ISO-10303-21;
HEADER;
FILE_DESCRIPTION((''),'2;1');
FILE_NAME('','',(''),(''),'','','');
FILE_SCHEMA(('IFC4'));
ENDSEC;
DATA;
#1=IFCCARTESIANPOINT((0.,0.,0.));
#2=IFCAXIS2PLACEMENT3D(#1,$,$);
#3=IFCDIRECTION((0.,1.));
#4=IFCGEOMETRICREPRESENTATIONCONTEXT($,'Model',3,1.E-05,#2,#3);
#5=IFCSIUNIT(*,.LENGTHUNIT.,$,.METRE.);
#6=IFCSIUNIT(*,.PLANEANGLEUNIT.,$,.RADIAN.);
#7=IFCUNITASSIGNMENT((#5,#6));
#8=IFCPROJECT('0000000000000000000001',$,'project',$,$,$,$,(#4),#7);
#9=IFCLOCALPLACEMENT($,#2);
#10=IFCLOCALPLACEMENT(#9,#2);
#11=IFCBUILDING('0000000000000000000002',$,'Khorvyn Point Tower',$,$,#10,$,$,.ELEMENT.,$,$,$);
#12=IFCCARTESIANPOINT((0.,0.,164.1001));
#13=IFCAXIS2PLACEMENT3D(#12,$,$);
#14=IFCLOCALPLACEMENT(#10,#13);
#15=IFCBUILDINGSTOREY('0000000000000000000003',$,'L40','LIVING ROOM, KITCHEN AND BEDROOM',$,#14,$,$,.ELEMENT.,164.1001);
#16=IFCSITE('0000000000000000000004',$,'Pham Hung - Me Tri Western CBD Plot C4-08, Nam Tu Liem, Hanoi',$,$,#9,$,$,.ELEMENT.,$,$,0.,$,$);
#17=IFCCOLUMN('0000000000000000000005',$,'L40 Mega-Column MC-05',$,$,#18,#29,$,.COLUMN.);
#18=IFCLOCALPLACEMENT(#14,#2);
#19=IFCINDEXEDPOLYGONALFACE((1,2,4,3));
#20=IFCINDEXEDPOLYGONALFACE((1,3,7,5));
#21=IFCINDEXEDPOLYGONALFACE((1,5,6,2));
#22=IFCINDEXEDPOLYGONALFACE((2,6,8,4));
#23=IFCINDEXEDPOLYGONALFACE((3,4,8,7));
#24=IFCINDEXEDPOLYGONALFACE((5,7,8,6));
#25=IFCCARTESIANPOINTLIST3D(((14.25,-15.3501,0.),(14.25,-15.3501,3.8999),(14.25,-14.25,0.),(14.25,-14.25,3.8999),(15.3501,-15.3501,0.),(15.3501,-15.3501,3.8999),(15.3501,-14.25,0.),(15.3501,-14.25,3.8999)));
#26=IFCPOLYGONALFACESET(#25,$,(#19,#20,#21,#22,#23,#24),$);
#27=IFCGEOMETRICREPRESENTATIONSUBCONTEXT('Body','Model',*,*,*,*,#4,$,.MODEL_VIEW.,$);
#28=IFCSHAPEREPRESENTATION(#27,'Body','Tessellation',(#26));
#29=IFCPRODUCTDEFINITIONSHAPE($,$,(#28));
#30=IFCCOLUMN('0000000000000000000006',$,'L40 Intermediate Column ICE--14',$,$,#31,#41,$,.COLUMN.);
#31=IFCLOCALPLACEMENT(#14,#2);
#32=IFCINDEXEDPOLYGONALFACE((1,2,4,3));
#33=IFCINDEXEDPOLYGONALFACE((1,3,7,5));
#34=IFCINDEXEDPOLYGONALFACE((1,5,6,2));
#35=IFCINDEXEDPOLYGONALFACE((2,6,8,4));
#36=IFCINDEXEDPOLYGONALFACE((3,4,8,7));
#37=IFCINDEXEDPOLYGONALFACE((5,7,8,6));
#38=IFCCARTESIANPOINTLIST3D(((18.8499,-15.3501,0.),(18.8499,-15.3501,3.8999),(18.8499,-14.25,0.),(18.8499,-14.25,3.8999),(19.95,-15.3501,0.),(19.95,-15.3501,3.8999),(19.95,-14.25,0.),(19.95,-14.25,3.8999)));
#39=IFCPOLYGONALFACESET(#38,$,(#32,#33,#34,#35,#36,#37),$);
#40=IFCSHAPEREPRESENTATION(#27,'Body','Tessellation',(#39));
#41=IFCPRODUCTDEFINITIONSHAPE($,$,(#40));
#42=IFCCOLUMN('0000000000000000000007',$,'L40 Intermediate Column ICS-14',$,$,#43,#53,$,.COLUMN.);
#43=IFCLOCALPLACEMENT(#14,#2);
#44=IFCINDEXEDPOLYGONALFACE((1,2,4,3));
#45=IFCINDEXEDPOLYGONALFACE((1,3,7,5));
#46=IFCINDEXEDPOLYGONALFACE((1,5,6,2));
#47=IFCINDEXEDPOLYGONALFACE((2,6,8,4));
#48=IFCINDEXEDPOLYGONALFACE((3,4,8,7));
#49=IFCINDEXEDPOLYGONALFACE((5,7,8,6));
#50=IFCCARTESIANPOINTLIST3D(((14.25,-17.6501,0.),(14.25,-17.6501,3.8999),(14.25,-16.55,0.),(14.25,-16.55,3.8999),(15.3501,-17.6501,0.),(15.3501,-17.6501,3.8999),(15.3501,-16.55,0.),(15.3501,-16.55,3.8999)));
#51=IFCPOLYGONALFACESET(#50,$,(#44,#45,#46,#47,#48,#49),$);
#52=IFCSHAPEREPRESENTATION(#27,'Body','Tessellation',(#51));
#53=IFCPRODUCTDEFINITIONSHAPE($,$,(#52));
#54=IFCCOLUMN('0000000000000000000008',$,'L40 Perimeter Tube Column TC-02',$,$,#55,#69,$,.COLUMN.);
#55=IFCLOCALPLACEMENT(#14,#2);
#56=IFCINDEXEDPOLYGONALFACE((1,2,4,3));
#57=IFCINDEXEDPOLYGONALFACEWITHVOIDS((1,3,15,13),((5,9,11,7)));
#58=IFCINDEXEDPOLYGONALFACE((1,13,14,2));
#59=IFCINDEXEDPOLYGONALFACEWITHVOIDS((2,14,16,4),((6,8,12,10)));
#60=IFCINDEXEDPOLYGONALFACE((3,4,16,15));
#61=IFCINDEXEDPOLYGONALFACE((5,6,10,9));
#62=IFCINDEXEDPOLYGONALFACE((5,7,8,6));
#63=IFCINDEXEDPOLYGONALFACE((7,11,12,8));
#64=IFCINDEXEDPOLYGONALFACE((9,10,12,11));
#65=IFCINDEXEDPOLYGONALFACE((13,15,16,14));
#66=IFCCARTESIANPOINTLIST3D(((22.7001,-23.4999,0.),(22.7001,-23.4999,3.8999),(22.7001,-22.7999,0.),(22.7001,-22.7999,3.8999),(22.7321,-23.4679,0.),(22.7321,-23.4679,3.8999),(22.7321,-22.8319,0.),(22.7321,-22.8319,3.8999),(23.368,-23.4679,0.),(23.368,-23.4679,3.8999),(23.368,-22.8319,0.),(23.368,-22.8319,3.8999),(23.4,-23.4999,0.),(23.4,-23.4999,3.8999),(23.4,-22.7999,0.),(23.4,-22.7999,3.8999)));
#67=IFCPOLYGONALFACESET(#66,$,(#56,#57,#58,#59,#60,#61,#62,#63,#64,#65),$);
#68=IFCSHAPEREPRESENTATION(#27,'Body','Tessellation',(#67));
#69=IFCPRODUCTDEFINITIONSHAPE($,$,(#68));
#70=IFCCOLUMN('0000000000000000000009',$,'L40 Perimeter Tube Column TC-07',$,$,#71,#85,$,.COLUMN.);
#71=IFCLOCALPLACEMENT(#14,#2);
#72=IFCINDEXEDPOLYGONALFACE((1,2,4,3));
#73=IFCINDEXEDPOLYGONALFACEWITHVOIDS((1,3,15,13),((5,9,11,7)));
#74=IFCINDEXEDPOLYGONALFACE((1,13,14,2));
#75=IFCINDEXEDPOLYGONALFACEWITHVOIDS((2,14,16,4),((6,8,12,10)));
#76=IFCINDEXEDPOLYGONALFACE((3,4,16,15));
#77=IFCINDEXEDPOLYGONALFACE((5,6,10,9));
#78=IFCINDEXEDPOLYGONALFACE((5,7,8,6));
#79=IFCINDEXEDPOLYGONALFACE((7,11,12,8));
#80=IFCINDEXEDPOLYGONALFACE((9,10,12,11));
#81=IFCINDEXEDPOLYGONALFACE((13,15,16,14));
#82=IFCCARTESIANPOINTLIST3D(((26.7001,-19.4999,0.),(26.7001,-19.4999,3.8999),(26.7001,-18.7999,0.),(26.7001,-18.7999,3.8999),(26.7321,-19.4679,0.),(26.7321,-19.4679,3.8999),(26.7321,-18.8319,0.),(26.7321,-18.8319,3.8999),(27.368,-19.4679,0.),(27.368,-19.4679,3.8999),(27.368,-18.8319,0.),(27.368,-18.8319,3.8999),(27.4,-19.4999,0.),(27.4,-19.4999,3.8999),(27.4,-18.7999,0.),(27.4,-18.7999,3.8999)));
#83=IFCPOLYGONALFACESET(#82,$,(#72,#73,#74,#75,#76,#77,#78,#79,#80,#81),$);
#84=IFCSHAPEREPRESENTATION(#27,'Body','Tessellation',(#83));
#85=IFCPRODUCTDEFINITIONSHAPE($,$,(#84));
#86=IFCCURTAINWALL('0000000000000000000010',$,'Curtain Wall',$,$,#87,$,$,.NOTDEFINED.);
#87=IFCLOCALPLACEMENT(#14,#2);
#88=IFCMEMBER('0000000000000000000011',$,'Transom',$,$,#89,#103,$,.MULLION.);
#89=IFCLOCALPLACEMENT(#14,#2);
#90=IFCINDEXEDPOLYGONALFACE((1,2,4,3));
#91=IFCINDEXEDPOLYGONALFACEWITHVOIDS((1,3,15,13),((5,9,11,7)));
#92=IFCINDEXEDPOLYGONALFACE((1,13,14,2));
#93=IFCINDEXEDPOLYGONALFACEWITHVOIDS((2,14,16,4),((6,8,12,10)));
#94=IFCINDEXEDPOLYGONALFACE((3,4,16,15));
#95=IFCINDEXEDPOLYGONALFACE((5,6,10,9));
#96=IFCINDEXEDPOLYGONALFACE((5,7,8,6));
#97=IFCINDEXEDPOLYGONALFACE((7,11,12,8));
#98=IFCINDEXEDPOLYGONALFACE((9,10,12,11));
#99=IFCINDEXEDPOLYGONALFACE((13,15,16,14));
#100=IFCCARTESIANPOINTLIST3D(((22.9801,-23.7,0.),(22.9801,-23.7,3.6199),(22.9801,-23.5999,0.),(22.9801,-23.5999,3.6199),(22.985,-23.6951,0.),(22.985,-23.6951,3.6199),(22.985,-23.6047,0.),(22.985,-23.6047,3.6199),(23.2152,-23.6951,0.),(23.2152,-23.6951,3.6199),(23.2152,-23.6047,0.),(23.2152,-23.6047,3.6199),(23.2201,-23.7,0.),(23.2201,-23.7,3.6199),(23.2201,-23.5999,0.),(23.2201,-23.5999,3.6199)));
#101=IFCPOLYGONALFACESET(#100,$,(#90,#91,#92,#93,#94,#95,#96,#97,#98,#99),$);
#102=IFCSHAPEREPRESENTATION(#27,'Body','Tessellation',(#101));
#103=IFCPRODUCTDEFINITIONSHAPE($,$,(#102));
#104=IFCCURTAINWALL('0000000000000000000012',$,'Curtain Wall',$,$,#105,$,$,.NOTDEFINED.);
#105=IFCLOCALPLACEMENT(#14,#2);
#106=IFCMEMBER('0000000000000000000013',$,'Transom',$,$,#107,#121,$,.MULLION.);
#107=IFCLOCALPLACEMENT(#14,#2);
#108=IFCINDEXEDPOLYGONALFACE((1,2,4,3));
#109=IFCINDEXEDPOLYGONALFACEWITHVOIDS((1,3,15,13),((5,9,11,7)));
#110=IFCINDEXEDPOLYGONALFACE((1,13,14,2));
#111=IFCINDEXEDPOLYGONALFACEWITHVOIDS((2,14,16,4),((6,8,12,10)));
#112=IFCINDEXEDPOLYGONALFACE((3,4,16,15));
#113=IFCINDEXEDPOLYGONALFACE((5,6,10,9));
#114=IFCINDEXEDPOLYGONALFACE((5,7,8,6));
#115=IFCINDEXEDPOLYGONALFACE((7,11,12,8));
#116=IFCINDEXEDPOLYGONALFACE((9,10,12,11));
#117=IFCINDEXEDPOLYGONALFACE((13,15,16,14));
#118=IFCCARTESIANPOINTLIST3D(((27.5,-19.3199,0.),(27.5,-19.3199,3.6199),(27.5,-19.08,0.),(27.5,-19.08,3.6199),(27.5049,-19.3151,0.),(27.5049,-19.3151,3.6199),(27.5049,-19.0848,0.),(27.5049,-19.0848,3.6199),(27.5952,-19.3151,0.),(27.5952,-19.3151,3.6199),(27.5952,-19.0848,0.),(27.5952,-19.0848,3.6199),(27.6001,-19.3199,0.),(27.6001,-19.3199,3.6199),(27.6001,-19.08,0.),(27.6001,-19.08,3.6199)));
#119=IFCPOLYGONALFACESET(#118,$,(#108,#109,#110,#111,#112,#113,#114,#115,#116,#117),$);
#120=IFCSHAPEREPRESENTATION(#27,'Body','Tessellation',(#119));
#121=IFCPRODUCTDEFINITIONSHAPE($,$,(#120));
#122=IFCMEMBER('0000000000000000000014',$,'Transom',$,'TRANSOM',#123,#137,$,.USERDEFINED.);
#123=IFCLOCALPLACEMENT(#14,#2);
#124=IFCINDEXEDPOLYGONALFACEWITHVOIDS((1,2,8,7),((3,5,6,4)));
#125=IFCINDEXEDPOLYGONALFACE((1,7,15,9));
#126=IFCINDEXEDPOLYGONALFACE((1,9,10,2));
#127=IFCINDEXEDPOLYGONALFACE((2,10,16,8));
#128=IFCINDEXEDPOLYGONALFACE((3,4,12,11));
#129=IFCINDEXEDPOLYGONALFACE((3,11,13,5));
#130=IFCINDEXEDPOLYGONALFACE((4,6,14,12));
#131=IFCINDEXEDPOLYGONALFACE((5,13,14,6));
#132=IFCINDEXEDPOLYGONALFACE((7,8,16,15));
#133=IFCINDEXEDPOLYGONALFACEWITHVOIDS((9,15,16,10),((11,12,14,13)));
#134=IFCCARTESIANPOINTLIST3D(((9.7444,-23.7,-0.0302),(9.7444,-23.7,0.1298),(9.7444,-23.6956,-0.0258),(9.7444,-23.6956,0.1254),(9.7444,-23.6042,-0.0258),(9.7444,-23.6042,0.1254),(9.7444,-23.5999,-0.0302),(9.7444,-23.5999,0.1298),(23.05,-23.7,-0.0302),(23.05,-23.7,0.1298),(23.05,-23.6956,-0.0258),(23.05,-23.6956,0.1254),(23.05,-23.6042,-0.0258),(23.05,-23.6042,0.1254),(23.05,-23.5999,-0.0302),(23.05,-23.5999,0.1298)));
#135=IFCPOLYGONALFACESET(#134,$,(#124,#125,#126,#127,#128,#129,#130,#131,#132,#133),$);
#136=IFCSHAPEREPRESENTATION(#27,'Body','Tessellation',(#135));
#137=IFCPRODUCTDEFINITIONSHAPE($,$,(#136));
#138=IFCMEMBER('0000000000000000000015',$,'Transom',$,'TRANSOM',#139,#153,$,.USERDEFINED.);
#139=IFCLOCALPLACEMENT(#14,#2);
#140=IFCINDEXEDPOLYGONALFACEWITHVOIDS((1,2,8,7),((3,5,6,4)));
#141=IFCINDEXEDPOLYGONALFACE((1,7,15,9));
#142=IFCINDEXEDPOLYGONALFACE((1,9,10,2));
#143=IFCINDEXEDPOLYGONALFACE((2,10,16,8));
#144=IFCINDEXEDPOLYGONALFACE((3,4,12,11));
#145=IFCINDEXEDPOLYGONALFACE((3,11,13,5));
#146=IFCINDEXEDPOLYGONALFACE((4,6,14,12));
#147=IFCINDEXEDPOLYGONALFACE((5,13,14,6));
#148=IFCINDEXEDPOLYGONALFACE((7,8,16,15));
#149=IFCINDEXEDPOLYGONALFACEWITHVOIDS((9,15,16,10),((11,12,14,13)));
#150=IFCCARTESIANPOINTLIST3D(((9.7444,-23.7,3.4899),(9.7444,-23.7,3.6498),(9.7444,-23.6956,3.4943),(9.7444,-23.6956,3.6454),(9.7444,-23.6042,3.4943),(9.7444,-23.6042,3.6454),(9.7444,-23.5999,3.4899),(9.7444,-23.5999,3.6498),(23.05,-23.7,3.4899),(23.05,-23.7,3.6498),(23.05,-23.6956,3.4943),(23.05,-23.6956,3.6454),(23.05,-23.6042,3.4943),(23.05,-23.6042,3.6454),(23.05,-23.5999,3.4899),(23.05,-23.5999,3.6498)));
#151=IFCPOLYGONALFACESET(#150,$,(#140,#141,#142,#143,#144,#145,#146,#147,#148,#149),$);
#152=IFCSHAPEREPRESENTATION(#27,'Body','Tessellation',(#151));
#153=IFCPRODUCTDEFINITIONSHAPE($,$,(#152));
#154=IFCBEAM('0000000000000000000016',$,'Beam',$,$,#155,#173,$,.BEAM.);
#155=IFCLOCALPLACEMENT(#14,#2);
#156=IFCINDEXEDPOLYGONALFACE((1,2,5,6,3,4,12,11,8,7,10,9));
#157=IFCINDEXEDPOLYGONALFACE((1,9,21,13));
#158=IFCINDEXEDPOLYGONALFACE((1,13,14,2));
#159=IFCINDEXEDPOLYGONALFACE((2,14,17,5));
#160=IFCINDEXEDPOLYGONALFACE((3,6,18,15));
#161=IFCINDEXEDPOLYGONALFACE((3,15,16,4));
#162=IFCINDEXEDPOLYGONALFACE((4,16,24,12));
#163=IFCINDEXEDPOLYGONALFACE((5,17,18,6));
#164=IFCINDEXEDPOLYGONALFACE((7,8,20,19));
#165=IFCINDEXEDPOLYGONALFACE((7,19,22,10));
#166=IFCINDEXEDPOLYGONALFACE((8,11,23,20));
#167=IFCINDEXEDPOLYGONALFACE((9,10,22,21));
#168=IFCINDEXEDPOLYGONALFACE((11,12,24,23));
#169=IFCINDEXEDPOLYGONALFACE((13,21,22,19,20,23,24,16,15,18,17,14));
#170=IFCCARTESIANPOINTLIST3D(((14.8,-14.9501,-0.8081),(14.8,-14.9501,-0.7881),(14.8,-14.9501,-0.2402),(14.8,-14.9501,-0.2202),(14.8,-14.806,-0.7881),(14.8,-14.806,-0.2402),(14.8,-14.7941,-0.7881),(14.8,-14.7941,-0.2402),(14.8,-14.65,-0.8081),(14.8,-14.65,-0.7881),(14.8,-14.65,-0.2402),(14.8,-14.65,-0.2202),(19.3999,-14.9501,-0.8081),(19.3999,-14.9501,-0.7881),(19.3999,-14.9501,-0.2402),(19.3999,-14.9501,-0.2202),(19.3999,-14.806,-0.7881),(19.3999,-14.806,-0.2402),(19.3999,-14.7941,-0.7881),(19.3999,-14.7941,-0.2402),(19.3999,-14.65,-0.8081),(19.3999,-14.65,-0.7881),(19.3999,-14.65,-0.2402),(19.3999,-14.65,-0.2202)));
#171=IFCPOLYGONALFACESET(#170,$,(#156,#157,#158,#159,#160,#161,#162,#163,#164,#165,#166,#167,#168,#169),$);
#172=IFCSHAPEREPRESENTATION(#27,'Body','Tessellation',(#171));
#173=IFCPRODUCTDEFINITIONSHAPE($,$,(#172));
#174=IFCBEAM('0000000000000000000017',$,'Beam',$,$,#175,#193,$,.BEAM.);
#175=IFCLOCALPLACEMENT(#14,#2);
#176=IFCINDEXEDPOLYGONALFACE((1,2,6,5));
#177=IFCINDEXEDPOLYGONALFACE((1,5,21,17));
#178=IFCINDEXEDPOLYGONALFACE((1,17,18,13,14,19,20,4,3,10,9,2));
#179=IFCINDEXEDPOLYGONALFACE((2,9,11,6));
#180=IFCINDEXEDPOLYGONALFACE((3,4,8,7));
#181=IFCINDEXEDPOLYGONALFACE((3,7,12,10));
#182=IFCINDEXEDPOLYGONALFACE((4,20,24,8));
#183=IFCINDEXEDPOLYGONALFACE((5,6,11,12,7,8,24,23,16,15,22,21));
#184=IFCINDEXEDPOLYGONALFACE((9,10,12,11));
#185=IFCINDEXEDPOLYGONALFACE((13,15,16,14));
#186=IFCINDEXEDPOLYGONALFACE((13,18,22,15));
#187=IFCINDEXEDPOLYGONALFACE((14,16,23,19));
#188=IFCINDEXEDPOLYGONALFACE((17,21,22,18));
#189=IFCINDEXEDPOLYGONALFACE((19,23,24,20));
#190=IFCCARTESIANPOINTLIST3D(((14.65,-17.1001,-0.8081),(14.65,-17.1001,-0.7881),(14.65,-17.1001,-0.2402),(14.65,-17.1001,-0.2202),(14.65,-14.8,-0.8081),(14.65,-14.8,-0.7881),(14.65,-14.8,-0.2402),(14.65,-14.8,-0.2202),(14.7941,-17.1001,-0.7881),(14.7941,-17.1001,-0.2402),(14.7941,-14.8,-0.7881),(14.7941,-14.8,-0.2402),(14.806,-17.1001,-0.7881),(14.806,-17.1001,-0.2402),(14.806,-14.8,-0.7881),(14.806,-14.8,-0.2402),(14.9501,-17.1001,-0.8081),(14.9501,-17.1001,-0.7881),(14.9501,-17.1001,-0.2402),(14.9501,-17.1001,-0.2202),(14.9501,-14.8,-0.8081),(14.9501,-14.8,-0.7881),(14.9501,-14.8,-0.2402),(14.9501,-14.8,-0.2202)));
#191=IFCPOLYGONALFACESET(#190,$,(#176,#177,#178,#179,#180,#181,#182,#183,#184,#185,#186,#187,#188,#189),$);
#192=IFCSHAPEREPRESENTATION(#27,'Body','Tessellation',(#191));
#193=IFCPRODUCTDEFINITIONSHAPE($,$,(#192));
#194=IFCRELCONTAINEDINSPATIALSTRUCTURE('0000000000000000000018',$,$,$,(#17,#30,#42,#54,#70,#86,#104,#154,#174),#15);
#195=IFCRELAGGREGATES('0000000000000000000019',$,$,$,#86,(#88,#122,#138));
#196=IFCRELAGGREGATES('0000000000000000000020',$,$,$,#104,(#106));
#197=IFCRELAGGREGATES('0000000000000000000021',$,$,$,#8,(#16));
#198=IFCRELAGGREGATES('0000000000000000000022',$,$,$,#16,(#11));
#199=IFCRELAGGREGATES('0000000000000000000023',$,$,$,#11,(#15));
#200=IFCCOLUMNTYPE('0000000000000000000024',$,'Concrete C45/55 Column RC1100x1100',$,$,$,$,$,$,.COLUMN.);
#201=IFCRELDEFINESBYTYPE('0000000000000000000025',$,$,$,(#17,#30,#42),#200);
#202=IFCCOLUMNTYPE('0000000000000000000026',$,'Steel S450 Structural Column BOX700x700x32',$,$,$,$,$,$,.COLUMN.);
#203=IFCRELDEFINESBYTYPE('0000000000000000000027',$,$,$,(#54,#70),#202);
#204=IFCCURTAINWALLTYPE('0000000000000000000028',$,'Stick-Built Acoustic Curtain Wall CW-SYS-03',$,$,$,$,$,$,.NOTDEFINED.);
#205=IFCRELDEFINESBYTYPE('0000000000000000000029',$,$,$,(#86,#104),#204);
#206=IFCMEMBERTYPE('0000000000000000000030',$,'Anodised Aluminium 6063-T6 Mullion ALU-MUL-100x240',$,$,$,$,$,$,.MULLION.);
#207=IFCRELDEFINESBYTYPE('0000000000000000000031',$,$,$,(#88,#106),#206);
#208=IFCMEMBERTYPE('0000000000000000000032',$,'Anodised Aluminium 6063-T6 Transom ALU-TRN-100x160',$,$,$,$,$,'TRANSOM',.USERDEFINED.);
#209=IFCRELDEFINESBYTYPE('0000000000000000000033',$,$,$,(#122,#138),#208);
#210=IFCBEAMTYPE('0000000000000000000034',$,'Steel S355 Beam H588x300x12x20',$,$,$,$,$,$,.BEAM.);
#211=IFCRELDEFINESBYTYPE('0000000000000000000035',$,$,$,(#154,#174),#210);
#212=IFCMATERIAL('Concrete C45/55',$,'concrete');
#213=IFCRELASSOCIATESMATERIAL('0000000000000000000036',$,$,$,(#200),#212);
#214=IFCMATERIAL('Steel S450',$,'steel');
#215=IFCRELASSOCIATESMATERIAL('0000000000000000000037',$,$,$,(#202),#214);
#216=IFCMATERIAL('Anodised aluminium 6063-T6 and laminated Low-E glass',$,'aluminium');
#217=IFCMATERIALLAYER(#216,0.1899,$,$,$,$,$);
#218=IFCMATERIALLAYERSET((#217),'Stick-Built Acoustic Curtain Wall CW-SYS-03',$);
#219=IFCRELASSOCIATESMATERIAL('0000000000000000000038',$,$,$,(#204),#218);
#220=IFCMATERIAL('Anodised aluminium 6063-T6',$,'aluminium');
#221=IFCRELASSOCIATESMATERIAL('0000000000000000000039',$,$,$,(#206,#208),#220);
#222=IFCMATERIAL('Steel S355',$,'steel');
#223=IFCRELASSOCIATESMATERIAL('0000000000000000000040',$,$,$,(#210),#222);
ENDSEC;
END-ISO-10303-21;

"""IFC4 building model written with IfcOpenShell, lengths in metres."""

from ifc_helpers import new_model, si_unit, direction, frame, origin, origin_2d, place, context, subcontext, project, spatial, rectangle, hollow_rectangle, i_section, extrude, material, layer, layer_set, material_profile, profile_set, type_object, element, aggregate, save


model = new_model("IFC4")

# Units and contexts
model_context = context("Model", 3, precision=1e-05, world=origin(), true_north=direction((0.0, 1.0)))
body_context = subcontext(model_context, "Body", "Model", "MODEL_VIEW")
ifc_project = project(units=[si_unit("LENGTHUNIT", "METRE"), si_unit("PLANEANGLEUNIT", "RADIAN")], contexts=[model_context])

# Site, building, storey
site_placement = place(None, origin())
site = spatial("IfcSite", under=ifc_project, at=site_placement, Name="Pham Hung - Me Tri Western CBD Plot C4-08, Nam Tu Liem, Hanoi", CompositionType="ELEMENT", RefElevation=0.0)
building_placement = place(site_placement, origin())
building = spatial("IfcBuilding", under=site, at=building_placement, Name="Khorvyn Point Tower", CompositionType="ELEMENT")
storey_placement = place(building_placement, frame((0.0, 0.0, 164.1001)))
storey = spatial("IfcBuildingStorey", under=building, at=storey_placement, Name="L40", Description="LIVING ROOM, KITCHEN AND BEDROOM", CompositionType="ELEMENT", Elevation=164.1001)

# Columns
ifc_material_1 = material(Name="Concrete C45/55", Category="concrete")
ifc_material_profile_1 = material_profile(ifc_material_1, rectangle(XDim=1.1001, YDim=1.1001, at=origin_2d()))
ifc_profile_set_1 = profile_set([ifc_material_profile_1], Name="Concrete C45/55 RC1100x1100")
column_type_1 = type_object("IfcColumnType", Name="Concrete C45/55 Column RC1100x1100", PredefinedType="COLUMN", material=ifc_profile_set_1)
for number, where, z_axis, x_axis, name in (
    (1, (14.8, -14.8, 0.0), (0.0, 0.0, 1.0), (1.0, 0.0, 0.0), "L40 Mega-Column MC-05"),
    (2, (19.3999, -14.8, 0.0), (0.0, 0.0, 1.0), (1.0, 0.0, 0.0), "L40 Intermediate Column ICE--14"),
    (3, (14.8, -17.1001, 0.0), (0.0, 0.0, 1.0), (1.0, 0.0, 0.0), "L40 Intermediate Column ICS-14"),
):
    element("IfcColumn", number, at=place(storey_placement, frame(where, z_axis=z_axis, x_axis=x_axis)), inside=storey, type_object=column_type_1, Name=name, PredefinedType="COLUMN", context=body_context, shape_type="SweptSolid", body=[
        extrude(rectangle(XDim=1.1001, YDim=1.1001, at=origin_2d()), origin(), (0.0, 0.0, 1.0), 3.8999),
    ])
ifc_material_2 = material(Name="Steel S450", Category="steel")
ifc_material_profile_2 = material_profile(ifc_material_2, hollow_rectangle(XDim=0.7, YDim=0.7, WallThickness=0.032, at=origin_2d()))
ifc_profile_set_2 = profile_set([ifc_material_profile_2], Name="Steel S450 BOX700x700x32")
column_type_2 = type_object("IfcColumnType", Name="Steel S450 Structural Column BOX700x700x32", PredefinedType="COLUMN", material=ifc_profile_set_2)
for number, where, z_axis, x_axis, name in (
    (4, (23.05, -23.1499, 0.0), (0.0, 0.0, 1.0), (1.0, 0.0, 0.0), "L40 Perimeter Tube Column TC-02"),
    (5, (27.05, -19.1499, 0.0), (0.0, 0.0, 1.0), (1.0, 0.0, 0.0), "L40 Perimeter Tube Column TC-07"),
):
    element("IfcColumn", number, at=place(storey_placement, frame(where, z_axis=z_axis, x_axis=x_axis)), inside=storey, type_object=column_type_2, Name=name, PredefinedType="COLUMN", context=body_context, shape_type="SweptSolid", body=[
        extrude(hollow_rectangle(XDim=0.7, YDim=0.7, WallThickness=0.032, at=origin_2d()), origin(), (0.0, 0.0, 1.0), 3.8999),
    ])

# Curtain walls, members
ifc_material_3 = material(Name="Anodised aluminium 6063-T6 and laminated Low-E glass", Category="aluminium")
ifc_layer_1 = layer(ifc_material_3, 0.1899)
ifc_layer_set_1 = layer_set([ifc_layer_1], Name="Stick-Built Acoustic Curtain Wall CW-SYS-03")
curtain_wall_type = type_object("IfcCurtainWallType", Name="Stick-Built Acoustic Curtain Wall CW-SYS-03", PredefinedType="NOTDEFINED", material=ifc_layer_set_1)
curtain_wall_1_placement = place(storey_placement, origin())
curtain_wall_1 = element("IfcCurtainWall", 6, at=curtain_wall_1_placement, inside=storey, type_object=curtain_wall_type, Name="Curtain Wall", PredefinedType="NOTDEFINED")
ifc_material_4 = material(Name="Anodised aluminium 6063-T6", Category="aluminium")
ifc_material_profile_3 = material_profile(ifc_material_4, hollow_rectangle(XDim=0.1001, YDim=0.24, WallThickness=0.0049, at=origin_2d()))
ifc_profile_set_3 = profile_set([ifc_material_profile_3], Name="Anodised aluminium 6063-T6 ALU-MUL-100x240")
member_type_1 = type_object("IfcMemberType", Name="Anodised Aluminium 6063-T6 Mullion ALU-MUL-100x240", PredefinedType="MULLION", material=ifc_profile_set_3)
member_1_placement = place(storey_placement, frame((23.1001, -23.6499, 0.0), z_axis=(0.0, 0.0, 1.0), x_axis=(0.0, -1.0, 0.0)))
member_1 = element("IfcMember", 7, at=member_1_placement, type_object=member_type_1, Name="Transom", PredefinedType="MULLION", context=body_context, shape_type="SweptSolid", body=[
    extrude(hollow_rectangle(XDim=0.1001, YDim=0.24, WallThickness=0.0049, at=origin_2d()), origin(), (0.0, 0.0, 1.0), 3.6199),
])
curtain_wall_2_placement = place(storey_placement, origin())
curtain_wall_2 = element("IfcCurtainWall", 8, at=curtain_wall_2_placement, inside=storey, type_object=curtain_wall_type, Name="Curtain Wall", PredefinedType="NOTDEFINED")
member_2_placement = place(storey_placement, frame((27.55, -19.2, 0.0), z_axis=(0.0, 0.0, 1.0), x_axis=(1.0, 0.0, 0.0)))
member_2 = element("IfcMember", 9, at=member_2_placement, type_object=member_type_1, Name="Transom", PredefinedType="MULLION", context=body_context, shape_type="SweptSolid", body=[
    extrude(hollow_rectangle(XDim=0.1001, YDim=0.24, WallThickness=0.0049, at=origin_2d()), origin(), (0.0, 0.0, 1.0), 3.6199),
])

# Members
ifc_material_profile_4 = material_profile(ifc_material_4, hollow_rectangle(XDim=0.1001, YDim=0.1599, WallThickness=0.0044, at=origin_2d()))
ifc_profile_set_4 = profile_set([ifc_material_profile_4], Name="Anodised aluminium 6063-T6 ALU-TRN-100x160")
member_type_2 = type_object("IfcMemberType", Name="Anodised Aluminium 6063-T6 Transom ALU-TRN-100x160", ElementType="TRANSOM", PredefinedType="USERDEFINED", material=ifc_profile_set_4)
member_3_placement = place(storey_placement, frame((23.05, -23.6499, 0.0498), z_axis=(-1.0, 0.0, 0.0), x_axis=(0.0, -1.0, 0.0)))
member_3 = element("IfcMember", 10, at=member_3_placement, type_object=member_type_2, Name="Transom", ObjectType="TRANSOM", PredefinedType="USERDEFINED", context=body_context, shape_type="SweptSolid", body=[
    extrude(hollow_rectangle(XDim=0.1001, YDim=0.1599, WallThickness=0.0044, at=origin_2d()), origin(), (0.0, 0.0, 1.0), 13.3057),
])
member_4_placement = place(storey_placement, frame((23.05, -23.6499, 3.5698), z_axis=(-1.0, 0.0, 0.0), x_axis=(0.0, -1.0, 0.0)))
member_4 = element("IfcMember", 11, at=member_4_placement, type_object=member_type_2, Name="Transom", ObjectType="TRANSOM", PredefinedType="USERDEFINED", context=body_context, shape_type="SweptSolid", body=[
    extrude(hollow_rectangle(XDim=0.1001, YDim=0.1599, WallThickness=0.0044, at=origin_2d()), origin(), (0.0, 0.0, 1.0), 13.3057),
])

# Beams
ifc_material_5 = material(Name="Steel S355", Category="steel")
ifc_material_profile_5 = material_profile(ifc_material_5, i_section(OverallWidth=0.3, OverallDepth=0.5879, WebThickness=0.012, FlangeThickness=0.02, at=origin_2d()))
ifc_profile_set_5 = profile_set([ifc_material_profile_5], Name="Steel S355 H588x300x12x20")
beam_type_1 = type_object("IfcBeamType", Name="Steel S355 Beam H588x300x12x20", PredefinedType="BEAM", material=ifc_profile_set_5)
beam_1_placement = place(storey_placement, frame((14.8, -14.8, -0.5142), z_axis=(1.0, 0.0, 0.0), x_axis=(0.0, 1.0, 0.0)))
element("IfcBeam", 12, at=beam_1_placement, inside=storey, type_object=beam_type_1, Name="Beam", PredefinedType="BEAM", context=body_context, shape_type="SweptSolid", body=[
    extrude(i_section(OverallWidth=0.3, OverallDepth=0.5879, WebThickness=0.012, FlangeThickness=0.02, at=origin_2d()), origin(), (0.0, 0.0, 1.0), 4.5999),
])
beam_2_placement = place(storey_placement, frame((14.8, -17.1001, -0.5142), z_axis=(0.0, 1.0, 0.0), x_axis=(-1.0, 0.0, 0.0)))
element("IfcBeam", 13, at=beam_2_placement, inside=storey, type_object=beam_type_1, Name="Beam", PredefinedType="BEAM", context=body_context, shape_type="SweptSolid", body=[
    extrude(i_section(OverallWidth=0.3, OverallDepth=0.5879, WebThickness=0.012, FlangeThickness=0.02, at=origin_2d()), origin(), (0.0, 0.0, 1.0), 2.3),
])

aggregate(curtain_wall_1, [member_1, member_3, member_4])
aggregate(curtain_wall_2, [member_2])

save(model, "model.ifc")
